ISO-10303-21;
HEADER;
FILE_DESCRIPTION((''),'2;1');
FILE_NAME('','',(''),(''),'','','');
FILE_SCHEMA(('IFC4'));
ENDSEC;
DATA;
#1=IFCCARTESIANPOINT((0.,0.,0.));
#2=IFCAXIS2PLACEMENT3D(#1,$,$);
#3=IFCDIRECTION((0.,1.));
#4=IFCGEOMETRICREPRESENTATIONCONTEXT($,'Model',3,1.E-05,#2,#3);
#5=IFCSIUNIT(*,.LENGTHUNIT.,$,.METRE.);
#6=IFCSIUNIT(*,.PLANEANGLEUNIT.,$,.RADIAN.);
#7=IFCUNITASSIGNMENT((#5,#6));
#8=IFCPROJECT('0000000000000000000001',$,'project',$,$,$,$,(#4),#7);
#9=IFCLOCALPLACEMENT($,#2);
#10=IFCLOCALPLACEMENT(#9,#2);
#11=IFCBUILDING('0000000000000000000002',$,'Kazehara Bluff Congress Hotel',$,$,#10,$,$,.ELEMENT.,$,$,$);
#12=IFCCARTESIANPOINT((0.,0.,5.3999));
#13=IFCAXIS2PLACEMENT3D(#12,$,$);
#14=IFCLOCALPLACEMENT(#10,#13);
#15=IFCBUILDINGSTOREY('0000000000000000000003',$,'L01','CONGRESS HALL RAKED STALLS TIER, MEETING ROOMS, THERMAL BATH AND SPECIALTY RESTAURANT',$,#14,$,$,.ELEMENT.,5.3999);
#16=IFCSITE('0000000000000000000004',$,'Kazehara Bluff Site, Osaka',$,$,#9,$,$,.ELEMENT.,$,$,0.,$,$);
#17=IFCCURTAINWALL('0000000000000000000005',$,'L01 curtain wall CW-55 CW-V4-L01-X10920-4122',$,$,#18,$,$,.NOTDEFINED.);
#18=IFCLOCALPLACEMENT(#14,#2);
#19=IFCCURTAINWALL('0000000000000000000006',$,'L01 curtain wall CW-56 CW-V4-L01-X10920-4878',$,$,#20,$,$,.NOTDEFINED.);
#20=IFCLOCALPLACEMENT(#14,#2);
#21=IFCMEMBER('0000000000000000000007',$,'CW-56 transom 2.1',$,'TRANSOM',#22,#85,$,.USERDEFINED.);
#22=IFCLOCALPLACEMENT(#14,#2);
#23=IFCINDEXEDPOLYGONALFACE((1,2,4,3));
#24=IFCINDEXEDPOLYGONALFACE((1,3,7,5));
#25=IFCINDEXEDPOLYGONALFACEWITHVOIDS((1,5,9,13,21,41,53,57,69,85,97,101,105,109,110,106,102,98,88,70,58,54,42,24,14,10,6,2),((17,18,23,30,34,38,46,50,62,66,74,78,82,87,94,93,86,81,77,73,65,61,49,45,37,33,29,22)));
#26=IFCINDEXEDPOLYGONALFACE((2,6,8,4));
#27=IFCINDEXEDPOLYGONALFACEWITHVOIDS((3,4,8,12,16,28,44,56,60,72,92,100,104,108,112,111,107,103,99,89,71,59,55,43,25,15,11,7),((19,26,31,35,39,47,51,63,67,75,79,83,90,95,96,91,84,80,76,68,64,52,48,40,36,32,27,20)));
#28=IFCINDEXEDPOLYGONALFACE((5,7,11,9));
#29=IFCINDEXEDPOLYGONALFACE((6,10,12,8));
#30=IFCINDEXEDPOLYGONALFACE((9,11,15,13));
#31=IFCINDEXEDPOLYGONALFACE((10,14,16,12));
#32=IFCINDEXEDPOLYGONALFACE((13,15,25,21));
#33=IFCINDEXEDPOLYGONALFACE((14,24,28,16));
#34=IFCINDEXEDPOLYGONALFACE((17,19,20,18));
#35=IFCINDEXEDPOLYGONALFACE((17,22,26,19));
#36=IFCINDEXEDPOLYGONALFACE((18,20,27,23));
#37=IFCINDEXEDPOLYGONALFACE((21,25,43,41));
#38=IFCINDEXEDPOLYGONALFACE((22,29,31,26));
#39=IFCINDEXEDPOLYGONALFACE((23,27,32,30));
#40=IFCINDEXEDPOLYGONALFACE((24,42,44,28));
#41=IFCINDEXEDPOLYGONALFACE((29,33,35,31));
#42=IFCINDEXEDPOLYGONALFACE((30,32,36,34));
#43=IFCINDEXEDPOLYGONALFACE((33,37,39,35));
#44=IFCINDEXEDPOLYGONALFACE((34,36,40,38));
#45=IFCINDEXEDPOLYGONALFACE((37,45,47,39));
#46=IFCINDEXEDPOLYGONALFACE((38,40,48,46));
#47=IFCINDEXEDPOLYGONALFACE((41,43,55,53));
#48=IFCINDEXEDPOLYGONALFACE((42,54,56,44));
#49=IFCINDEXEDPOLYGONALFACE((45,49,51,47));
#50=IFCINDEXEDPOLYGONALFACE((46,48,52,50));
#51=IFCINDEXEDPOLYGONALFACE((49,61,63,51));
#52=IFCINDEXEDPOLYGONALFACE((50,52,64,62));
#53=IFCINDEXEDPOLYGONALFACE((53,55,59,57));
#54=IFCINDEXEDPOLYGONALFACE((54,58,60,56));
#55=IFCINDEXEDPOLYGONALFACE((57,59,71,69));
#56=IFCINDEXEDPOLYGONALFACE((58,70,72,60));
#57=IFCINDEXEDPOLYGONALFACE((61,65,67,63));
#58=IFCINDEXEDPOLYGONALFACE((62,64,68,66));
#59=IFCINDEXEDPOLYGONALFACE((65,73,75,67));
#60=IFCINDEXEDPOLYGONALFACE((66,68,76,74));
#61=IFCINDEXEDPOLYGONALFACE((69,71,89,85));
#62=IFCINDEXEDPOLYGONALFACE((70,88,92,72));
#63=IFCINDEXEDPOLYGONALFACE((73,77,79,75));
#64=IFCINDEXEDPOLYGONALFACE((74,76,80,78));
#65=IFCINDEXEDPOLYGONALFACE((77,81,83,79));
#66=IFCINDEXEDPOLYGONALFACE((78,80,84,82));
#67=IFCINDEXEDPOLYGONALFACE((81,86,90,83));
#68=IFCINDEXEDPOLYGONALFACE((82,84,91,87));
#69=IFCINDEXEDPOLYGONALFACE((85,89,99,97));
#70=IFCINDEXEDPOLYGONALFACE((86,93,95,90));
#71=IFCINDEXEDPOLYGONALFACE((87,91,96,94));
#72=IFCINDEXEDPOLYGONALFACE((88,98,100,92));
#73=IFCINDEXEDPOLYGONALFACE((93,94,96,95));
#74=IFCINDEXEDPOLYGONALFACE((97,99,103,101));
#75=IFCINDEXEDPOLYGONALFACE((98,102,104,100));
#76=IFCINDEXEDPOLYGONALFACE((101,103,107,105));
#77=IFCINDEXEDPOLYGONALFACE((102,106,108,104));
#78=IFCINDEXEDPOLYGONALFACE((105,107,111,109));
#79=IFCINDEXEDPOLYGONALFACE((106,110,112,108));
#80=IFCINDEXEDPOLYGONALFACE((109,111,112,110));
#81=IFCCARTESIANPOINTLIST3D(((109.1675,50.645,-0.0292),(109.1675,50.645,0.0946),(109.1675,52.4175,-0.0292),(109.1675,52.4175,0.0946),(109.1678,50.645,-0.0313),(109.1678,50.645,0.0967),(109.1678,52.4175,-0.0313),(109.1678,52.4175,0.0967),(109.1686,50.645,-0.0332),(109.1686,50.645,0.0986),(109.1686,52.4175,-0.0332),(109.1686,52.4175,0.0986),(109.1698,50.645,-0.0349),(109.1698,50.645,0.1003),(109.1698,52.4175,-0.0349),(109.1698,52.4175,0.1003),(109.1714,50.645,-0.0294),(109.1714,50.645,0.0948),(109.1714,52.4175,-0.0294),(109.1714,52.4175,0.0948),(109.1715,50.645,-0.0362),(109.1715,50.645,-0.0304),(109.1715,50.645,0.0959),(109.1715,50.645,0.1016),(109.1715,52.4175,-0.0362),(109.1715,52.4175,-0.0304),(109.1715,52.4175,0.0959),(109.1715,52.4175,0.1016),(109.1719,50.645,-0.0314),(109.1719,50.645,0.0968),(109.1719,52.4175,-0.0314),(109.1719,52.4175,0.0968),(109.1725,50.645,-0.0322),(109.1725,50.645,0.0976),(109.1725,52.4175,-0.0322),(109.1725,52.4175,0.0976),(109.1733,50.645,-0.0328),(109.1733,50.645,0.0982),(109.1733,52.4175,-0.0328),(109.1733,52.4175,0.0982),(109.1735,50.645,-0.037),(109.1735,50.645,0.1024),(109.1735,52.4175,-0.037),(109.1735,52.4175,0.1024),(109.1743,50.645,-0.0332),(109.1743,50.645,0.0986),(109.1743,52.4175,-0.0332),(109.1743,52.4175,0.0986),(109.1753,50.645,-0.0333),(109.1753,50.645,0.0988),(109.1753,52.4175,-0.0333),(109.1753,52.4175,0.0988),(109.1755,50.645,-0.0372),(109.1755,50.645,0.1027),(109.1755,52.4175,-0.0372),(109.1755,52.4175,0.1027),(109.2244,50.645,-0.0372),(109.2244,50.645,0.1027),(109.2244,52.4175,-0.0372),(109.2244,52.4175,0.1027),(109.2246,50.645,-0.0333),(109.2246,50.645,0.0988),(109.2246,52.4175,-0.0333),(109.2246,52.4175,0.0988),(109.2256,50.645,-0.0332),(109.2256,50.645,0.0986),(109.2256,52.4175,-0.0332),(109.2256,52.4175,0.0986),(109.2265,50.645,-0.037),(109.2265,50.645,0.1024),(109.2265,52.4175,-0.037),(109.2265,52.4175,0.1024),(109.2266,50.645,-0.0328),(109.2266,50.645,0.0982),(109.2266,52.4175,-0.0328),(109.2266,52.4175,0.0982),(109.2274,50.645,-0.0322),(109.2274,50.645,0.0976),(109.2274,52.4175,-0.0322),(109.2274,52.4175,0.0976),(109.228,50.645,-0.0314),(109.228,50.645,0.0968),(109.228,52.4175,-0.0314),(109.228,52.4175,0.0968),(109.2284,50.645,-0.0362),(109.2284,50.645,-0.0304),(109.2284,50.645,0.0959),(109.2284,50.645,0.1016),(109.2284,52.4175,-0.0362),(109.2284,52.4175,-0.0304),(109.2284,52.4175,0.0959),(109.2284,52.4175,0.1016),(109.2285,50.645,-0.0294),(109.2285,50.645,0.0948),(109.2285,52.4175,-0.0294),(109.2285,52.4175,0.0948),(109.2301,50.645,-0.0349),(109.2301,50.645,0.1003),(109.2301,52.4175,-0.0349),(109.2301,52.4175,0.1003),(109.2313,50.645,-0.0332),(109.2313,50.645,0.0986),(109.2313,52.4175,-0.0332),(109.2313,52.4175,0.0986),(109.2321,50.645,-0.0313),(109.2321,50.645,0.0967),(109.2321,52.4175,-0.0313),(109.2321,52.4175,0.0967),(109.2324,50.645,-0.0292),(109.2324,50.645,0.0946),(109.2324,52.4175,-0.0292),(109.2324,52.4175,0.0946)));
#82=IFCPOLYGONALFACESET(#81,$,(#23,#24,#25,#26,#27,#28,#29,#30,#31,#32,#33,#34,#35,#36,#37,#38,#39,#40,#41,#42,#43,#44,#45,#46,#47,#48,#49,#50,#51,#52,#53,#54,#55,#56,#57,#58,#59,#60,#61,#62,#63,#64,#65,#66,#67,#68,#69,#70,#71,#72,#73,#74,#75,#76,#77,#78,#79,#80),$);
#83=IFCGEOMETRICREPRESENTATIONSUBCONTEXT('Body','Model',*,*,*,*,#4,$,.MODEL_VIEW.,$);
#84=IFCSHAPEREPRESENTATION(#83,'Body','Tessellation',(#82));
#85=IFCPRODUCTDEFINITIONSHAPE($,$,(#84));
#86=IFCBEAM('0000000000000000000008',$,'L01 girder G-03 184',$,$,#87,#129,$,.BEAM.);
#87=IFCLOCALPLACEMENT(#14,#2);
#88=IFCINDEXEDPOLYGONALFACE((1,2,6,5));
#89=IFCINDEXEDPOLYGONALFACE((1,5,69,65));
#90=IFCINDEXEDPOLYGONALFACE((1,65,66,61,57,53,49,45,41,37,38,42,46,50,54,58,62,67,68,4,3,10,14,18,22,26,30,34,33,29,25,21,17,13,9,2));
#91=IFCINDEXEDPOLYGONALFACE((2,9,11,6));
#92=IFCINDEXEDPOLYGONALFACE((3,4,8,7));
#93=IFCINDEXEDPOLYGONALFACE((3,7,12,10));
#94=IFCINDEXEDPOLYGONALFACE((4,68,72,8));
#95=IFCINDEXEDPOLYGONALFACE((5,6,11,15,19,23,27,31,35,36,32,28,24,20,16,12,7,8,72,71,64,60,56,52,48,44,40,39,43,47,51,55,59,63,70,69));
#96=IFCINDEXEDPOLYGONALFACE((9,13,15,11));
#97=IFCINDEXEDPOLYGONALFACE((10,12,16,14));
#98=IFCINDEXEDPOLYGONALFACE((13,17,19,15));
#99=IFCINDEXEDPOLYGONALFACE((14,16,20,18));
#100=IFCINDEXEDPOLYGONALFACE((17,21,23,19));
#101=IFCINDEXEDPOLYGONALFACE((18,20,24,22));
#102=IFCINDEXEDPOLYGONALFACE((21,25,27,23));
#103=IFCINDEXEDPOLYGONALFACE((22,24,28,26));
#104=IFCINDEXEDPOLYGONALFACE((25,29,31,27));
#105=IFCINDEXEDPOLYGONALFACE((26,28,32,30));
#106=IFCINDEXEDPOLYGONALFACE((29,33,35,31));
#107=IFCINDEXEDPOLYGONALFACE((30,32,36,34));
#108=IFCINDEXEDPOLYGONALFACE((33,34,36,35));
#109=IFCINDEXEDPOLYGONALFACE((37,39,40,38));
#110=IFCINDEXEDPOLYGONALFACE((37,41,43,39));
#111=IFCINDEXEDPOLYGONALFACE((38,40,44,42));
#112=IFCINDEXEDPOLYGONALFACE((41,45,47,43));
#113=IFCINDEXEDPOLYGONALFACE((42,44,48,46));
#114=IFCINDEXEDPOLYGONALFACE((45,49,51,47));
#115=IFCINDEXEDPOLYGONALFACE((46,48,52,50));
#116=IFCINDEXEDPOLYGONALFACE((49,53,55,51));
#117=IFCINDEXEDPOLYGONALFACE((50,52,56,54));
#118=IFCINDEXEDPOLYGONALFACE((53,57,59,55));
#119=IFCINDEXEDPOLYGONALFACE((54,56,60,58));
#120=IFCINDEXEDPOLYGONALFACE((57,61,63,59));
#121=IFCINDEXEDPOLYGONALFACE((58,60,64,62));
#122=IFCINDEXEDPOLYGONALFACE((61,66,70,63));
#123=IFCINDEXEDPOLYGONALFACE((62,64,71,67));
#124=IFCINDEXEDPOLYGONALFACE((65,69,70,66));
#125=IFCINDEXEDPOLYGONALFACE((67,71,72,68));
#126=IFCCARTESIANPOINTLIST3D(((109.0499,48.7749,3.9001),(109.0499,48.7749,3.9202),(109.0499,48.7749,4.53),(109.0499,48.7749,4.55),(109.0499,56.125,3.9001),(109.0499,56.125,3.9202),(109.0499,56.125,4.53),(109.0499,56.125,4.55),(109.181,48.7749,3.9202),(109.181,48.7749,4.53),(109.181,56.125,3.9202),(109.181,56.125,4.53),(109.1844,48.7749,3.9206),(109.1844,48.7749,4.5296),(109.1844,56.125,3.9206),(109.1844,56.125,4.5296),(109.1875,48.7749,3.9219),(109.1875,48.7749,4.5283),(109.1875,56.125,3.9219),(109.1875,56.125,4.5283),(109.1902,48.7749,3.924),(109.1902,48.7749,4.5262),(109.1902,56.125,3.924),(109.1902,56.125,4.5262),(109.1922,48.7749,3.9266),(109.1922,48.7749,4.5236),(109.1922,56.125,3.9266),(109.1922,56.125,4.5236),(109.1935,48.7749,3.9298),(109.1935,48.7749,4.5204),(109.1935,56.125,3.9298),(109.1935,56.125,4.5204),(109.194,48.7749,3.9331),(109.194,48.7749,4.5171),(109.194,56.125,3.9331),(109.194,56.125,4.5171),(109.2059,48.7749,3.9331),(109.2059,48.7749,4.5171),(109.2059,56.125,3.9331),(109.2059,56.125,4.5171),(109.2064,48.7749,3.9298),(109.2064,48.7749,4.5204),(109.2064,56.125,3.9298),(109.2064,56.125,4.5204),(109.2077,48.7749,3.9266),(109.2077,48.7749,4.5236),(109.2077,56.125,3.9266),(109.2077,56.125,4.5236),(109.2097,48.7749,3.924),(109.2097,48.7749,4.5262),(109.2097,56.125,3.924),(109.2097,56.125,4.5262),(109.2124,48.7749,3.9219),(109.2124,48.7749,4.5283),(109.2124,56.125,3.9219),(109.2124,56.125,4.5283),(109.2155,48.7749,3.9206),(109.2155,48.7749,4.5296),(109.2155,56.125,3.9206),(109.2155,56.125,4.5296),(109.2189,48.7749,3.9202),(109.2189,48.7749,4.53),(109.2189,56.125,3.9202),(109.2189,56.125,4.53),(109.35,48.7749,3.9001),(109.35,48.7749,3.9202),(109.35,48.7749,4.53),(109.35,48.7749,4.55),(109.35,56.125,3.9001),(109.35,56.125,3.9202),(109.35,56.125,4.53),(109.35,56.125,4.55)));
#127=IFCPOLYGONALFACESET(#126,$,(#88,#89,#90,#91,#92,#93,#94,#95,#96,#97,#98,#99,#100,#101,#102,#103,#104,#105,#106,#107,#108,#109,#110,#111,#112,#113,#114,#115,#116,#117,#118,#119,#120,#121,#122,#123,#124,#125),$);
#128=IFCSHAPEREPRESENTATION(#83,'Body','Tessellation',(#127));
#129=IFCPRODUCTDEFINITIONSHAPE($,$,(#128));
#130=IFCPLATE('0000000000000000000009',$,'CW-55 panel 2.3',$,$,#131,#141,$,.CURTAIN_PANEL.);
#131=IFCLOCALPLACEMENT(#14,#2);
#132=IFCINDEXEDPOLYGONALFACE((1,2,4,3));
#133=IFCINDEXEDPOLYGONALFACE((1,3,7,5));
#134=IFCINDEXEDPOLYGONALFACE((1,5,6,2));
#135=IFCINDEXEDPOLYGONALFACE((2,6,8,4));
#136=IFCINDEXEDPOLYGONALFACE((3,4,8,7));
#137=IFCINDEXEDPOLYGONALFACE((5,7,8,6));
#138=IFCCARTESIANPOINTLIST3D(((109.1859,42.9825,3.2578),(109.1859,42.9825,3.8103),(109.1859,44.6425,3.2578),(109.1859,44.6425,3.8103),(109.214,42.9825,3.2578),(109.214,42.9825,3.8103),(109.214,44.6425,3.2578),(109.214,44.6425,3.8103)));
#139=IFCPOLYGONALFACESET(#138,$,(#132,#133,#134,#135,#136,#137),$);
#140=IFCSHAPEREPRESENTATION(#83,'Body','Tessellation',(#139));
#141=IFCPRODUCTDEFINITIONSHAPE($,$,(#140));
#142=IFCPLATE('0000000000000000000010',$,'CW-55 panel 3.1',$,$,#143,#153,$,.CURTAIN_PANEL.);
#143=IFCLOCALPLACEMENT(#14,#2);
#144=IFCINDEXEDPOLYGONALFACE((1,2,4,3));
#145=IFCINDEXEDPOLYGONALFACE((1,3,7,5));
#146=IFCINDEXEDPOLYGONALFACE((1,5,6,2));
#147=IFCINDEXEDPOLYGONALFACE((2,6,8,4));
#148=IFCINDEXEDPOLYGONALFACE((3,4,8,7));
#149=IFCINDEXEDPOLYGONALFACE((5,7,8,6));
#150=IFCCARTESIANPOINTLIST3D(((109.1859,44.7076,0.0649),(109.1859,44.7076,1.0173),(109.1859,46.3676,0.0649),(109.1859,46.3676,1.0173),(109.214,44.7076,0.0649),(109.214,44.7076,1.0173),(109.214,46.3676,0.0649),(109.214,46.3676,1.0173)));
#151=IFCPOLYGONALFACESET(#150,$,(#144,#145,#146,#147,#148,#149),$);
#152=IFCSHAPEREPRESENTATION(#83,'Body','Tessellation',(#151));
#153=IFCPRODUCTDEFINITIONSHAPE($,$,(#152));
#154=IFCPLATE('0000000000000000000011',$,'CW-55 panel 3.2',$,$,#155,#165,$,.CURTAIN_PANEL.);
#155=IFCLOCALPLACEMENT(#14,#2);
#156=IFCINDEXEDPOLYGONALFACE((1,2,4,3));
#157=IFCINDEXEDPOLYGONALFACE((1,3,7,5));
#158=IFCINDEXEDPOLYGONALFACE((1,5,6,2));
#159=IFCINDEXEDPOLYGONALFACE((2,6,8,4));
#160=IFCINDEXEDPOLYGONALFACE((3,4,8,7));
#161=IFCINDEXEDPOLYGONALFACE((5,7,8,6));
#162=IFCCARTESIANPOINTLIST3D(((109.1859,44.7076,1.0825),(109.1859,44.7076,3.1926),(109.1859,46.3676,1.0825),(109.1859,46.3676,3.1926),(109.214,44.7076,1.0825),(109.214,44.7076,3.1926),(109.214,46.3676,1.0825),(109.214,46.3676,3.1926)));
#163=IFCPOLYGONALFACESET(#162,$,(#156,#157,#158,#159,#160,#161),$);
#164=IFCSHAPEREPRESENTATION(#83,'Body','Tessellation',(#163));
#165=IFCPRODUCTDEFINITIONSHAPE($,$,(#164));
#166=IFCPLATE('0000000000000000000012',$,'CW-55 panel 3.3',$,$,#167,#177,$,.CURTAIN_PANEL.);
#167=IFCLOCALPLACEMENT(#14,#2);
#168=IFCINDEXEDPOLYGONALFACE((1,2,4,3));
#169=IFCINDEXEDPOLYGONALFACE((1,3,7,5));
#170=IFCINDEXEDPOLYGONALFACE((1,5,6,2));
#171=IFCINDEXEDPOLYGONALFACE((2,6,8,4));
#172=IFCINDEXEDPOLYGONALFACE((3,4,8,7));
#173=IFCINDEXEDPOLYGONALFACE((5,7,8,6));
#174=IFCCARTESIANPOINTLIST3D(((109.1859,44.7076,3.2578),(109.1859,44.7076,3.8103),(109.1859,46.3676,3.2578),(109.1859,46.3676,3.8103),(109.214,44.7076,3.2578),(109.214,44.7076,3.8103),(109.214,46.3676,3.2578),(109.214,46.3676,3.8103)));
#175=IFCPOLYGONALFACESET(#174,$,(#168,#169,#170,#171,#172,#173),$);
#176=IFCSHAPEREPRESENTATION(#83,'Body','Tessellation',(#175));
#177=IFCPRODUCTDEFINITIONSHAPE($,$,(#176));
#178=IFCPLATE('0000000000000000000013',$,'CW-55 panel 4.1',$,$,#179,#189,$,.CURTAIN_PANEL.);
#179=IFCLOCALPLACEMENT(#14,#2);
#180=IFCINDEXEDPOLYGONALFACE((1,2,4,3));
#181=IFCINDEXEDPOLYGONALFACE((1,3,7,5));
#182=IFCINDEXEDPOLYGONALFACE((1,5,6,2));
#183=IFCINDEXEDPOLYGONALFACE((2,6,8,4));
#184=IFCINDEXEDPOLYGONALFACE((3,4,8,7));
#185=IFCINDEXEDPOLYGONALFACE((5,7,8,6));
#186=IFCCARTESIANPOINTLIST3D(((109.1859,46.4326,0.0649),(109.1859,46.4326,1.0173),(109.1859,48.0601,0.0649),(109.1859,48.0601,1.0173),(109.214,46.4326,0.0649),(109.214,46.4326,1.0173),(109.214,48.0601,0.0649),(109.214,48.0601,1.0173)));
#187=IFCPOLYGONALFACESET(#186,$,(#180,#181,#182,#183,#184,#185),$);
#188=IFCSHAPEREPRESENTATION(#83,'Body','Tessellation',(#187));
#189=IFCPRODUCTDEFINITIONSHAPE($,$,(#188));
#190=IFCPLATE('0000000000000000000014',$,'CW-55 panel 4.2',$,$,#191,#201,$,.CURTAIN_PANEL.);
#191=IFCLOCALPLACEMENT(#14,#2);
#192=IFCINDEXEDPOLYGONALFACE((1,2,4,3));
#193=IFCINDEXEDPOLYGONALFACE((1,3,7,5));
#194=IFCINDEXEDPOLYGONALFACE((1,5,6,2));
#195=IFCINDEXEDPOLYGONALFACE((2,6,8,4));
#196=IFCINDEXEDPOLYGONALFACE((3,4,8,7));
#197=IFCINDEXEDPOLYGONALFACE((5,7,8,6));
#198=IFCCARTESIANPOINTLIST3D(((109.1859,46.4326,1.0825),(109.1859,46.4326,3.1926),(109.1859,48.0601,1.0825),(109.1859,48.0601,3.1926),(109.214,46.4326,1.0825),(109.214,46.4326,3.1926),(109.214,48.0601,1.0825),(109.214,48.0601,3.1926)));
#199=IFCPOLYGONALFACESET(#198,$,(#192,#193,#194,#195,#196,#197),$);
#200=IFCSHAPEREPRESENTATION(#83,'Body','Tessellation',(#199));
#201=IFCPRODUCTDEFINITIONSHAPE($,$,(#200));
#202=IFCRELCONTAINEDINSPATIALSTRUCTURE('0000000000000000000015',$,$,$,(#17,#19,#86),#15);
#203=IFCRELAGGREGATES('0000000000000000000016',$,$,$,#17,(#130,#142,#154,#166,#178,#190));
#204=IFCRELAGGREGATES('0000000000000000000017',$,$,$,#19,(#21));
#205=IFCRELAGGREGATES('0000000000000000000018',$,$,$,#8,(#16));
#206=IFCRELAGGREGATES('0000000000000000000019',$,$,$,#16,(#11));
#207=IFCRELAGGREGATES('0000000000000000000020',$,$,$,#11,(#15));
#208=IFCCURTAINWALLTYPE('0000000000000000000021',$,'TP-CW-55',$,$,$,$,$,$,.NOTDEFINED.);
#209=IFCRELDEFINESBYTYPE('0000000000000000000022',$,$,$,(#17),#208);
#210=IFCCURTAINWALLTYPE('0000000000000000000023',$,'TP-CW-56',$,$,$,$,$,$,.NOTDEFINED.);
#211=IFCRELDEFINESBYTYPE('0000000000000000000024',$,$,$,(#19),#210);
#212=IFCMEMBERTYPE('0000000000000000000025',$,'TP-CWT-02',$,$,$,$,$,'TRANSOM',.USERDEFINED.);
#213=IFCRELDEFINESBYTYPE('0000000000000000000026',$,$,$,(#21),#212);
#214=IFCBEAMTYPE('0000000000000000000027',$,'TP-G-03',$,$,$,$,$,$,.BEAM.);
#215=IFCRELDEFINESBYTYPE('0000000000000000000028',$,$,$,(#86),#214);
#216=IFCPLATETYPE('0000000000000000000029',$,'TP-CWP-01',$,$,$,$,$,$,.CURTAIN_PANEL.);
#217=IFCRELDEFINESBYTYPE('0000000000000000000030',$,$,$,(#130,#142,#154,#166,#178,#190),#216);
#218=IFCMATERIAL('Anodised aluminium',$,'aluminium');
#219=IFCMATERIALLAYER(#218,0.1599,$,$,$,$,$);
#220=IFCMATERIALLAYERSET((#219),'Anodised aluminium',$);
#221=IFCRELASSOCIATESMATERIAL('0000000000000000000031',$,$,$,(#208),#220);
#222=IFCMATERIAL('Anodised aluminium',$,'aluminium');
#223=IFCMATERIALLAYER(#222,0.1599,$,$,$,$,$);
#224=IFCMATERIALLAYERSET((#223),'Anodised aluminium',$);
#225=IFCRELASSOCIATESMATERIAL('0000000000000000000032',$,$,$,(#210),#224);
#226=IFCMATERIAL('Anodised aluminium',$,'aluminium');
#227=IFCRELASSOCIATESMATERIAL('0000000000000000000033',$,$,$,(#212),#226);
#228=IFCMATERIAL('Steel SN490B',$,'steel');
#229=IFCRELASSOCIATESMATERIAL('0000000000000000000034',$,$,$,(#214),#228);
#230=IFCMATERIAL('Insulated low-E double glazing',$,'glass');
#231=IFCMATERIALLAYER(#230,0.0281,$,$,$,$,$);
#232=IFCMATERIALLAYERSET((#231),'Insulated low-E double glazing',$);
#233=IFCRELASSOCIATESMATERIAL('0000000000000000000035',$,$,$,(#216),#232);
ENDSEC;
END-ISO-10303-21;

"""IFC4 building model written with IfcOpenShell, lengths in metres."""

from ifc_helpers import new_model, si_unit, direction, frame, origin, origin_2d, place, context, subcontext, project, spatial, rectangle, hollow_rectangle, i_section, extrude, material, layer, layer_set, material_profile, profile_set, type_object, element, aggregate, save


model = new_model("IFC4")

# Units and contexts
model_context = context("Model", 3, precision=1e-05, world=origin(), true_north=direction((0.0, 1.0)))
body_context = subcontext(model_context, "Body", "Model", "MODEL_VIEW")
ifc_project = project(units=[si_unit("LENGTHUNIT", "METRE"), si_unit("PLANEANGLEUNIT", "RADIAN")], contexts=[model_context])

# Site, building, storey
site_placement = place(None, origin())
site = spatial("IfcSite", under=ifc_project, at=site_placement, Name="Kazehara Bluff Site, Osaka", CompositionType="ELEMENT", RefElevation=0.0)
building_placement = place(site_placement, origin())
building = spatial("IfcBuilding", under=site, at=building_placement, Name="Kazehara Bluff Congress Hotel", CompositionType="ELEMENT")
storey_placement = place(building_placement, frame((0.0, 0.0, 5.3999)))
storey = spatial("IfcBuildingStorey", under=building, at=storey_placement, Name="L01", Description="CONGRESS HALL RAKED STALLS TIER, MEETING ROOMS, THERMAL BATH AND SPECIALTY RESTAURANT", CompositionType="ELEMENT", Elevation=5.3999)

# Curtain walls
ifc_material_1 = material(Name="Anodised aluminium", Category="aluminium")
ifc_layer_1 = layer(ifc_material_1, 0.1599)
ifc_layer_set_1 = layer_set([ifc_layer_1], Name="Anodised aluminium")
curtain_wall_type_1 = type_object("IfcCurtainWallType", Name="TP-CW-55", PredefinedType="NOTDEFINED", material=ifc_layer_set_1)
curtain_wall_1_placement = place(storey_placement, origin())
curtain_wall_1 = element("IfcCurtainWall", 1, at=curtain_wall_1_placement, inside=storey, type_object=curtain_wall_type_1, Name="L01 curtain wall CW-55 CW-V4-L01-X10920-4122", PredefinedType="NOTDEFINED")
ifc_material_2 = material(Name="Anodised aluminium", Category="aluminium")
ifc_layer_2 = layer(ifc_material_2, 0.1599)
ifc_layer_set_2 = layer_set([ifc_layer_2], Name="Anodised aluminium")
curtain_wall_type_2 = type_object("IfcCurtainWallType", Name="TP-CW-56", PredefinedType="NOTDEFINED", material=ifc_layer_set_2)
curtain_wall_2_placement = place(storey_placement, origin())
curtain_wall_2 = element("IfcCurtainWall", 2, at=curtain_wall_2_placement, inside=storey, type_object=curtain_wall_type_2, Name="L01 curtain wall CW-56 CW-V4-L01-X10920-4878", PredefinedType="NOTDEFINED")

# Member
ifc_material_3 = material(Name="Anodised aluminium", Category="aluminium")
ifc_material_profile_1 = material_profile(ifc_material_3, hollow_rectangle(XDim=0.0649, YDim=0.1399, WallThickness=0.0039, InnerFilletRadius=0.0039, OuterFilletRadius=0.0081, at=origin_2d()))
ifc_profile_set_1 = profile_set([ifc_material_profile_1], Name="Anodised aluminium")
member_type_1 = type_object("IfcMemberType", Name="TP-CWT-02", ElementType="TRANSOM", PredefinedType="USERDEFINED", material=ifc_profile_set_1)
member_1_placement = place(storey_placement, frame((109.2, 50.645, 0.0327), z_axis=(0.0, 1.0, 0.0), x_axis=(-1.0, 0.0, 0.0)))
member_1 = element("IfcMember", 3, at=member_1_placement, type_object=member_type_1, Name="CW-56 transom 2.1", ObjectType="TRANSOM", PredefinedType="USERDEFINED", context=body_context, shape_type="SweptSolid", body=[
    extrude(hollow_rectangle(XDim=0.0649, YDim=0.1399, WallThickness=0.0039, InnerFilletRadius=0.0039, OuterFilletRadius=0.0081, at=origin_2d()), origin(), (0.0, 0.0, 1.0), 1.7725),
])

# Beam
ifc_material_4 = material(Name="Steel SN490B", Category="steel")
ifc_material_profile_2 = material_profile(ifc_material_4, i_section(OverallWidth=0.3, OverallDepth=0.6499, WebThickness=0.012, FlangeThickness=0.02, FilletRadius=0.0129, at=origin_2d()))
ifc_profile_set_2 = profile_set([ifc_material_profile_2], Name="Steel SN490B")
beam_type = type_object("IfcBeamType", Name="TP-G-03", PredefinedType="BEAM", material=ifc_profile_set_2)
beam_placement = place(storey_placement, frame((109.2, 48.7749, 4.2251), z_axis=(0.0, 1.0, 0.0), x_axis=(-1.0, 0.0, 0.0)))
element("IfcBeam", 4, at=beam_placement, inside=storey, type_object=beam_type, Name="L01 girder G-03 184", PredefinedType="BEAM", context=body_context, shape_type="SweptSolid", body=[
    extrude(i_section(OverallWidth=0.3, OverallDepth=0.6499, WebThickness=0.012, FlangeThickness=0.02, FilletRadius=0.0129, at=origin_2d()), origin(), (0.0, 0.0, 1.0), 7.3501),
])

# Plates
ifc_material_5 = material(Name="Insulated low-E double glazing", Category="glass")
ifc_layer_3 = layer(ifc_material_5, 0.0281)
ifc_layer_set_3 = layer_set([ifc_layer_3], Name="Insulated low-E double glazing")
plate_type = type_object("IfcPlateType", Name="TP-CWP-01", PredefinedType="CURTAIN_PANEL", material=ifc_layer_set_3)
plate_1_placement = place(storey_placement, frame((109.2, 43.8125, 3.2578), z_axis=(0.0, 0.0, 1.0), x_axis=(0.0, 1.0, 0.0)))
plate_1 = element("IfcPlate", 5, at=plate_1_placement, type_object=plate_type, Name="CW-55 panel 2.3", PredefinedType="CURTAIN_PANEL", context=body_context, shape_type="SweptSolid", body=[
    extrude(rectangle(XDim=1.6599, YDim=0.0281, at=origin_2d()), origin(), (0.0, 0.0, 1.0), 0.5525),
])
plate_2_placement = place(storey_placement, frame((109.2, 45.5376, 0.0649), z_axis=(0.0, 0.0, 1.0), x_axis=(0.0, 1.0, 0.0)))
plate_2 = element("IfcPlate", 6, at=plate_2_placement, type_object=plate_type, Name="CW-55 panel 3.1", PredefinedType="CURTAIN_PANEL", context=body_context, shape_type="SweptSolid", body=[
    extrude(rectangle(XDim=1.6599, YDim=0.0281, at=origin_2d()), origin(), (0.0, 0.0, 1.0), 0.9524),
])
plate_3_placement = place(storey_placement, frame((109.2, 45.5376, 1.0825), z_axis=(0.0, 0.0, 1.0), x_axis=(0.0, 1.0, 0.0)))
plate_3 = element("IfcPlate", 7, at=plate_3_placement, type_object=plate_type, Name="CW-55 panel 3.2", PredefinedType="CURTAIN_PANEL", context=body_context, shape_type="SweptSolid", body=[
    extrude(rectangle(XDim=1.6599, YDim=0.0281, at=origin_2d()), origin(), (0.0, 0.0, 1.0), 2.1101),
])
plate_4_placement = place(storey_placement, frame((109.2, 45.5376, 3.2578), z_axis=(0.0, 0.0, 1.0), x_axis=(0.0, 1.0, 0.0)))
plate_4 = element("IfcPlate", 8, at=plate_4_placement, type_object=plate_type, Name="CW-55 panel 3.3", PredefinedType="CURTAIN_PANEL", context=body_context, shape_type="SweptSolid", body=[
    extrude(rectangle(XDim=1.6599, YDim=0.0281, at=origin_2d()), origin(), (0.0, 0.0, 1.0), 0.5525),
])
plate_5_placement = place(storey_placement, frame((109.2, 47.2463, 0.0649), z_axis=(0.0, 0.0, 1.0), x_axis=(0.0, 1.0, 0.0)))
plate_5 = element("IfcPlate", 9, at=plate_5_placement, type_object=plate_type, Name="CW-55 panel 4.1", PredefinedType="CURTAIN_PANEL", context=body_context, shape_type="SweptSolid", body=[
    extrude(rectangle(XDim=1.6274, YDim=0.0281, at=origin_2d()), origin(), (0.0, 0.0, 1.0), 0.9524),
])
plate_6_placement = place(storey_placement, frame((109.2, 47.2463, 1.0825), z_axis=(0.0, 0.0, 1.0), x_axis=(0.0, 1.0, 0.0)))
plate_6 = element("IfcPlate", 10, at=plate_6_placement, type_object=plate_type, Name="CW-55 panel 4.2", PredefinedType="CURTAIN_PANEL", context=body_context, shape_type="SweptSolid", body=[
    extrude(rectangle(XDim=1.6274, YDim=0.0281, at=origin_2d()), origin(), (0.0, 0.0, 1.0), 2.1101),
])
aggregate(curtain_wall_1, [plate_1, plate_2, plate_3, plate_4, plate_5, plate_6])
aggregate(curtain_wall_2, [member_1])

save(model, "model.ifc")
